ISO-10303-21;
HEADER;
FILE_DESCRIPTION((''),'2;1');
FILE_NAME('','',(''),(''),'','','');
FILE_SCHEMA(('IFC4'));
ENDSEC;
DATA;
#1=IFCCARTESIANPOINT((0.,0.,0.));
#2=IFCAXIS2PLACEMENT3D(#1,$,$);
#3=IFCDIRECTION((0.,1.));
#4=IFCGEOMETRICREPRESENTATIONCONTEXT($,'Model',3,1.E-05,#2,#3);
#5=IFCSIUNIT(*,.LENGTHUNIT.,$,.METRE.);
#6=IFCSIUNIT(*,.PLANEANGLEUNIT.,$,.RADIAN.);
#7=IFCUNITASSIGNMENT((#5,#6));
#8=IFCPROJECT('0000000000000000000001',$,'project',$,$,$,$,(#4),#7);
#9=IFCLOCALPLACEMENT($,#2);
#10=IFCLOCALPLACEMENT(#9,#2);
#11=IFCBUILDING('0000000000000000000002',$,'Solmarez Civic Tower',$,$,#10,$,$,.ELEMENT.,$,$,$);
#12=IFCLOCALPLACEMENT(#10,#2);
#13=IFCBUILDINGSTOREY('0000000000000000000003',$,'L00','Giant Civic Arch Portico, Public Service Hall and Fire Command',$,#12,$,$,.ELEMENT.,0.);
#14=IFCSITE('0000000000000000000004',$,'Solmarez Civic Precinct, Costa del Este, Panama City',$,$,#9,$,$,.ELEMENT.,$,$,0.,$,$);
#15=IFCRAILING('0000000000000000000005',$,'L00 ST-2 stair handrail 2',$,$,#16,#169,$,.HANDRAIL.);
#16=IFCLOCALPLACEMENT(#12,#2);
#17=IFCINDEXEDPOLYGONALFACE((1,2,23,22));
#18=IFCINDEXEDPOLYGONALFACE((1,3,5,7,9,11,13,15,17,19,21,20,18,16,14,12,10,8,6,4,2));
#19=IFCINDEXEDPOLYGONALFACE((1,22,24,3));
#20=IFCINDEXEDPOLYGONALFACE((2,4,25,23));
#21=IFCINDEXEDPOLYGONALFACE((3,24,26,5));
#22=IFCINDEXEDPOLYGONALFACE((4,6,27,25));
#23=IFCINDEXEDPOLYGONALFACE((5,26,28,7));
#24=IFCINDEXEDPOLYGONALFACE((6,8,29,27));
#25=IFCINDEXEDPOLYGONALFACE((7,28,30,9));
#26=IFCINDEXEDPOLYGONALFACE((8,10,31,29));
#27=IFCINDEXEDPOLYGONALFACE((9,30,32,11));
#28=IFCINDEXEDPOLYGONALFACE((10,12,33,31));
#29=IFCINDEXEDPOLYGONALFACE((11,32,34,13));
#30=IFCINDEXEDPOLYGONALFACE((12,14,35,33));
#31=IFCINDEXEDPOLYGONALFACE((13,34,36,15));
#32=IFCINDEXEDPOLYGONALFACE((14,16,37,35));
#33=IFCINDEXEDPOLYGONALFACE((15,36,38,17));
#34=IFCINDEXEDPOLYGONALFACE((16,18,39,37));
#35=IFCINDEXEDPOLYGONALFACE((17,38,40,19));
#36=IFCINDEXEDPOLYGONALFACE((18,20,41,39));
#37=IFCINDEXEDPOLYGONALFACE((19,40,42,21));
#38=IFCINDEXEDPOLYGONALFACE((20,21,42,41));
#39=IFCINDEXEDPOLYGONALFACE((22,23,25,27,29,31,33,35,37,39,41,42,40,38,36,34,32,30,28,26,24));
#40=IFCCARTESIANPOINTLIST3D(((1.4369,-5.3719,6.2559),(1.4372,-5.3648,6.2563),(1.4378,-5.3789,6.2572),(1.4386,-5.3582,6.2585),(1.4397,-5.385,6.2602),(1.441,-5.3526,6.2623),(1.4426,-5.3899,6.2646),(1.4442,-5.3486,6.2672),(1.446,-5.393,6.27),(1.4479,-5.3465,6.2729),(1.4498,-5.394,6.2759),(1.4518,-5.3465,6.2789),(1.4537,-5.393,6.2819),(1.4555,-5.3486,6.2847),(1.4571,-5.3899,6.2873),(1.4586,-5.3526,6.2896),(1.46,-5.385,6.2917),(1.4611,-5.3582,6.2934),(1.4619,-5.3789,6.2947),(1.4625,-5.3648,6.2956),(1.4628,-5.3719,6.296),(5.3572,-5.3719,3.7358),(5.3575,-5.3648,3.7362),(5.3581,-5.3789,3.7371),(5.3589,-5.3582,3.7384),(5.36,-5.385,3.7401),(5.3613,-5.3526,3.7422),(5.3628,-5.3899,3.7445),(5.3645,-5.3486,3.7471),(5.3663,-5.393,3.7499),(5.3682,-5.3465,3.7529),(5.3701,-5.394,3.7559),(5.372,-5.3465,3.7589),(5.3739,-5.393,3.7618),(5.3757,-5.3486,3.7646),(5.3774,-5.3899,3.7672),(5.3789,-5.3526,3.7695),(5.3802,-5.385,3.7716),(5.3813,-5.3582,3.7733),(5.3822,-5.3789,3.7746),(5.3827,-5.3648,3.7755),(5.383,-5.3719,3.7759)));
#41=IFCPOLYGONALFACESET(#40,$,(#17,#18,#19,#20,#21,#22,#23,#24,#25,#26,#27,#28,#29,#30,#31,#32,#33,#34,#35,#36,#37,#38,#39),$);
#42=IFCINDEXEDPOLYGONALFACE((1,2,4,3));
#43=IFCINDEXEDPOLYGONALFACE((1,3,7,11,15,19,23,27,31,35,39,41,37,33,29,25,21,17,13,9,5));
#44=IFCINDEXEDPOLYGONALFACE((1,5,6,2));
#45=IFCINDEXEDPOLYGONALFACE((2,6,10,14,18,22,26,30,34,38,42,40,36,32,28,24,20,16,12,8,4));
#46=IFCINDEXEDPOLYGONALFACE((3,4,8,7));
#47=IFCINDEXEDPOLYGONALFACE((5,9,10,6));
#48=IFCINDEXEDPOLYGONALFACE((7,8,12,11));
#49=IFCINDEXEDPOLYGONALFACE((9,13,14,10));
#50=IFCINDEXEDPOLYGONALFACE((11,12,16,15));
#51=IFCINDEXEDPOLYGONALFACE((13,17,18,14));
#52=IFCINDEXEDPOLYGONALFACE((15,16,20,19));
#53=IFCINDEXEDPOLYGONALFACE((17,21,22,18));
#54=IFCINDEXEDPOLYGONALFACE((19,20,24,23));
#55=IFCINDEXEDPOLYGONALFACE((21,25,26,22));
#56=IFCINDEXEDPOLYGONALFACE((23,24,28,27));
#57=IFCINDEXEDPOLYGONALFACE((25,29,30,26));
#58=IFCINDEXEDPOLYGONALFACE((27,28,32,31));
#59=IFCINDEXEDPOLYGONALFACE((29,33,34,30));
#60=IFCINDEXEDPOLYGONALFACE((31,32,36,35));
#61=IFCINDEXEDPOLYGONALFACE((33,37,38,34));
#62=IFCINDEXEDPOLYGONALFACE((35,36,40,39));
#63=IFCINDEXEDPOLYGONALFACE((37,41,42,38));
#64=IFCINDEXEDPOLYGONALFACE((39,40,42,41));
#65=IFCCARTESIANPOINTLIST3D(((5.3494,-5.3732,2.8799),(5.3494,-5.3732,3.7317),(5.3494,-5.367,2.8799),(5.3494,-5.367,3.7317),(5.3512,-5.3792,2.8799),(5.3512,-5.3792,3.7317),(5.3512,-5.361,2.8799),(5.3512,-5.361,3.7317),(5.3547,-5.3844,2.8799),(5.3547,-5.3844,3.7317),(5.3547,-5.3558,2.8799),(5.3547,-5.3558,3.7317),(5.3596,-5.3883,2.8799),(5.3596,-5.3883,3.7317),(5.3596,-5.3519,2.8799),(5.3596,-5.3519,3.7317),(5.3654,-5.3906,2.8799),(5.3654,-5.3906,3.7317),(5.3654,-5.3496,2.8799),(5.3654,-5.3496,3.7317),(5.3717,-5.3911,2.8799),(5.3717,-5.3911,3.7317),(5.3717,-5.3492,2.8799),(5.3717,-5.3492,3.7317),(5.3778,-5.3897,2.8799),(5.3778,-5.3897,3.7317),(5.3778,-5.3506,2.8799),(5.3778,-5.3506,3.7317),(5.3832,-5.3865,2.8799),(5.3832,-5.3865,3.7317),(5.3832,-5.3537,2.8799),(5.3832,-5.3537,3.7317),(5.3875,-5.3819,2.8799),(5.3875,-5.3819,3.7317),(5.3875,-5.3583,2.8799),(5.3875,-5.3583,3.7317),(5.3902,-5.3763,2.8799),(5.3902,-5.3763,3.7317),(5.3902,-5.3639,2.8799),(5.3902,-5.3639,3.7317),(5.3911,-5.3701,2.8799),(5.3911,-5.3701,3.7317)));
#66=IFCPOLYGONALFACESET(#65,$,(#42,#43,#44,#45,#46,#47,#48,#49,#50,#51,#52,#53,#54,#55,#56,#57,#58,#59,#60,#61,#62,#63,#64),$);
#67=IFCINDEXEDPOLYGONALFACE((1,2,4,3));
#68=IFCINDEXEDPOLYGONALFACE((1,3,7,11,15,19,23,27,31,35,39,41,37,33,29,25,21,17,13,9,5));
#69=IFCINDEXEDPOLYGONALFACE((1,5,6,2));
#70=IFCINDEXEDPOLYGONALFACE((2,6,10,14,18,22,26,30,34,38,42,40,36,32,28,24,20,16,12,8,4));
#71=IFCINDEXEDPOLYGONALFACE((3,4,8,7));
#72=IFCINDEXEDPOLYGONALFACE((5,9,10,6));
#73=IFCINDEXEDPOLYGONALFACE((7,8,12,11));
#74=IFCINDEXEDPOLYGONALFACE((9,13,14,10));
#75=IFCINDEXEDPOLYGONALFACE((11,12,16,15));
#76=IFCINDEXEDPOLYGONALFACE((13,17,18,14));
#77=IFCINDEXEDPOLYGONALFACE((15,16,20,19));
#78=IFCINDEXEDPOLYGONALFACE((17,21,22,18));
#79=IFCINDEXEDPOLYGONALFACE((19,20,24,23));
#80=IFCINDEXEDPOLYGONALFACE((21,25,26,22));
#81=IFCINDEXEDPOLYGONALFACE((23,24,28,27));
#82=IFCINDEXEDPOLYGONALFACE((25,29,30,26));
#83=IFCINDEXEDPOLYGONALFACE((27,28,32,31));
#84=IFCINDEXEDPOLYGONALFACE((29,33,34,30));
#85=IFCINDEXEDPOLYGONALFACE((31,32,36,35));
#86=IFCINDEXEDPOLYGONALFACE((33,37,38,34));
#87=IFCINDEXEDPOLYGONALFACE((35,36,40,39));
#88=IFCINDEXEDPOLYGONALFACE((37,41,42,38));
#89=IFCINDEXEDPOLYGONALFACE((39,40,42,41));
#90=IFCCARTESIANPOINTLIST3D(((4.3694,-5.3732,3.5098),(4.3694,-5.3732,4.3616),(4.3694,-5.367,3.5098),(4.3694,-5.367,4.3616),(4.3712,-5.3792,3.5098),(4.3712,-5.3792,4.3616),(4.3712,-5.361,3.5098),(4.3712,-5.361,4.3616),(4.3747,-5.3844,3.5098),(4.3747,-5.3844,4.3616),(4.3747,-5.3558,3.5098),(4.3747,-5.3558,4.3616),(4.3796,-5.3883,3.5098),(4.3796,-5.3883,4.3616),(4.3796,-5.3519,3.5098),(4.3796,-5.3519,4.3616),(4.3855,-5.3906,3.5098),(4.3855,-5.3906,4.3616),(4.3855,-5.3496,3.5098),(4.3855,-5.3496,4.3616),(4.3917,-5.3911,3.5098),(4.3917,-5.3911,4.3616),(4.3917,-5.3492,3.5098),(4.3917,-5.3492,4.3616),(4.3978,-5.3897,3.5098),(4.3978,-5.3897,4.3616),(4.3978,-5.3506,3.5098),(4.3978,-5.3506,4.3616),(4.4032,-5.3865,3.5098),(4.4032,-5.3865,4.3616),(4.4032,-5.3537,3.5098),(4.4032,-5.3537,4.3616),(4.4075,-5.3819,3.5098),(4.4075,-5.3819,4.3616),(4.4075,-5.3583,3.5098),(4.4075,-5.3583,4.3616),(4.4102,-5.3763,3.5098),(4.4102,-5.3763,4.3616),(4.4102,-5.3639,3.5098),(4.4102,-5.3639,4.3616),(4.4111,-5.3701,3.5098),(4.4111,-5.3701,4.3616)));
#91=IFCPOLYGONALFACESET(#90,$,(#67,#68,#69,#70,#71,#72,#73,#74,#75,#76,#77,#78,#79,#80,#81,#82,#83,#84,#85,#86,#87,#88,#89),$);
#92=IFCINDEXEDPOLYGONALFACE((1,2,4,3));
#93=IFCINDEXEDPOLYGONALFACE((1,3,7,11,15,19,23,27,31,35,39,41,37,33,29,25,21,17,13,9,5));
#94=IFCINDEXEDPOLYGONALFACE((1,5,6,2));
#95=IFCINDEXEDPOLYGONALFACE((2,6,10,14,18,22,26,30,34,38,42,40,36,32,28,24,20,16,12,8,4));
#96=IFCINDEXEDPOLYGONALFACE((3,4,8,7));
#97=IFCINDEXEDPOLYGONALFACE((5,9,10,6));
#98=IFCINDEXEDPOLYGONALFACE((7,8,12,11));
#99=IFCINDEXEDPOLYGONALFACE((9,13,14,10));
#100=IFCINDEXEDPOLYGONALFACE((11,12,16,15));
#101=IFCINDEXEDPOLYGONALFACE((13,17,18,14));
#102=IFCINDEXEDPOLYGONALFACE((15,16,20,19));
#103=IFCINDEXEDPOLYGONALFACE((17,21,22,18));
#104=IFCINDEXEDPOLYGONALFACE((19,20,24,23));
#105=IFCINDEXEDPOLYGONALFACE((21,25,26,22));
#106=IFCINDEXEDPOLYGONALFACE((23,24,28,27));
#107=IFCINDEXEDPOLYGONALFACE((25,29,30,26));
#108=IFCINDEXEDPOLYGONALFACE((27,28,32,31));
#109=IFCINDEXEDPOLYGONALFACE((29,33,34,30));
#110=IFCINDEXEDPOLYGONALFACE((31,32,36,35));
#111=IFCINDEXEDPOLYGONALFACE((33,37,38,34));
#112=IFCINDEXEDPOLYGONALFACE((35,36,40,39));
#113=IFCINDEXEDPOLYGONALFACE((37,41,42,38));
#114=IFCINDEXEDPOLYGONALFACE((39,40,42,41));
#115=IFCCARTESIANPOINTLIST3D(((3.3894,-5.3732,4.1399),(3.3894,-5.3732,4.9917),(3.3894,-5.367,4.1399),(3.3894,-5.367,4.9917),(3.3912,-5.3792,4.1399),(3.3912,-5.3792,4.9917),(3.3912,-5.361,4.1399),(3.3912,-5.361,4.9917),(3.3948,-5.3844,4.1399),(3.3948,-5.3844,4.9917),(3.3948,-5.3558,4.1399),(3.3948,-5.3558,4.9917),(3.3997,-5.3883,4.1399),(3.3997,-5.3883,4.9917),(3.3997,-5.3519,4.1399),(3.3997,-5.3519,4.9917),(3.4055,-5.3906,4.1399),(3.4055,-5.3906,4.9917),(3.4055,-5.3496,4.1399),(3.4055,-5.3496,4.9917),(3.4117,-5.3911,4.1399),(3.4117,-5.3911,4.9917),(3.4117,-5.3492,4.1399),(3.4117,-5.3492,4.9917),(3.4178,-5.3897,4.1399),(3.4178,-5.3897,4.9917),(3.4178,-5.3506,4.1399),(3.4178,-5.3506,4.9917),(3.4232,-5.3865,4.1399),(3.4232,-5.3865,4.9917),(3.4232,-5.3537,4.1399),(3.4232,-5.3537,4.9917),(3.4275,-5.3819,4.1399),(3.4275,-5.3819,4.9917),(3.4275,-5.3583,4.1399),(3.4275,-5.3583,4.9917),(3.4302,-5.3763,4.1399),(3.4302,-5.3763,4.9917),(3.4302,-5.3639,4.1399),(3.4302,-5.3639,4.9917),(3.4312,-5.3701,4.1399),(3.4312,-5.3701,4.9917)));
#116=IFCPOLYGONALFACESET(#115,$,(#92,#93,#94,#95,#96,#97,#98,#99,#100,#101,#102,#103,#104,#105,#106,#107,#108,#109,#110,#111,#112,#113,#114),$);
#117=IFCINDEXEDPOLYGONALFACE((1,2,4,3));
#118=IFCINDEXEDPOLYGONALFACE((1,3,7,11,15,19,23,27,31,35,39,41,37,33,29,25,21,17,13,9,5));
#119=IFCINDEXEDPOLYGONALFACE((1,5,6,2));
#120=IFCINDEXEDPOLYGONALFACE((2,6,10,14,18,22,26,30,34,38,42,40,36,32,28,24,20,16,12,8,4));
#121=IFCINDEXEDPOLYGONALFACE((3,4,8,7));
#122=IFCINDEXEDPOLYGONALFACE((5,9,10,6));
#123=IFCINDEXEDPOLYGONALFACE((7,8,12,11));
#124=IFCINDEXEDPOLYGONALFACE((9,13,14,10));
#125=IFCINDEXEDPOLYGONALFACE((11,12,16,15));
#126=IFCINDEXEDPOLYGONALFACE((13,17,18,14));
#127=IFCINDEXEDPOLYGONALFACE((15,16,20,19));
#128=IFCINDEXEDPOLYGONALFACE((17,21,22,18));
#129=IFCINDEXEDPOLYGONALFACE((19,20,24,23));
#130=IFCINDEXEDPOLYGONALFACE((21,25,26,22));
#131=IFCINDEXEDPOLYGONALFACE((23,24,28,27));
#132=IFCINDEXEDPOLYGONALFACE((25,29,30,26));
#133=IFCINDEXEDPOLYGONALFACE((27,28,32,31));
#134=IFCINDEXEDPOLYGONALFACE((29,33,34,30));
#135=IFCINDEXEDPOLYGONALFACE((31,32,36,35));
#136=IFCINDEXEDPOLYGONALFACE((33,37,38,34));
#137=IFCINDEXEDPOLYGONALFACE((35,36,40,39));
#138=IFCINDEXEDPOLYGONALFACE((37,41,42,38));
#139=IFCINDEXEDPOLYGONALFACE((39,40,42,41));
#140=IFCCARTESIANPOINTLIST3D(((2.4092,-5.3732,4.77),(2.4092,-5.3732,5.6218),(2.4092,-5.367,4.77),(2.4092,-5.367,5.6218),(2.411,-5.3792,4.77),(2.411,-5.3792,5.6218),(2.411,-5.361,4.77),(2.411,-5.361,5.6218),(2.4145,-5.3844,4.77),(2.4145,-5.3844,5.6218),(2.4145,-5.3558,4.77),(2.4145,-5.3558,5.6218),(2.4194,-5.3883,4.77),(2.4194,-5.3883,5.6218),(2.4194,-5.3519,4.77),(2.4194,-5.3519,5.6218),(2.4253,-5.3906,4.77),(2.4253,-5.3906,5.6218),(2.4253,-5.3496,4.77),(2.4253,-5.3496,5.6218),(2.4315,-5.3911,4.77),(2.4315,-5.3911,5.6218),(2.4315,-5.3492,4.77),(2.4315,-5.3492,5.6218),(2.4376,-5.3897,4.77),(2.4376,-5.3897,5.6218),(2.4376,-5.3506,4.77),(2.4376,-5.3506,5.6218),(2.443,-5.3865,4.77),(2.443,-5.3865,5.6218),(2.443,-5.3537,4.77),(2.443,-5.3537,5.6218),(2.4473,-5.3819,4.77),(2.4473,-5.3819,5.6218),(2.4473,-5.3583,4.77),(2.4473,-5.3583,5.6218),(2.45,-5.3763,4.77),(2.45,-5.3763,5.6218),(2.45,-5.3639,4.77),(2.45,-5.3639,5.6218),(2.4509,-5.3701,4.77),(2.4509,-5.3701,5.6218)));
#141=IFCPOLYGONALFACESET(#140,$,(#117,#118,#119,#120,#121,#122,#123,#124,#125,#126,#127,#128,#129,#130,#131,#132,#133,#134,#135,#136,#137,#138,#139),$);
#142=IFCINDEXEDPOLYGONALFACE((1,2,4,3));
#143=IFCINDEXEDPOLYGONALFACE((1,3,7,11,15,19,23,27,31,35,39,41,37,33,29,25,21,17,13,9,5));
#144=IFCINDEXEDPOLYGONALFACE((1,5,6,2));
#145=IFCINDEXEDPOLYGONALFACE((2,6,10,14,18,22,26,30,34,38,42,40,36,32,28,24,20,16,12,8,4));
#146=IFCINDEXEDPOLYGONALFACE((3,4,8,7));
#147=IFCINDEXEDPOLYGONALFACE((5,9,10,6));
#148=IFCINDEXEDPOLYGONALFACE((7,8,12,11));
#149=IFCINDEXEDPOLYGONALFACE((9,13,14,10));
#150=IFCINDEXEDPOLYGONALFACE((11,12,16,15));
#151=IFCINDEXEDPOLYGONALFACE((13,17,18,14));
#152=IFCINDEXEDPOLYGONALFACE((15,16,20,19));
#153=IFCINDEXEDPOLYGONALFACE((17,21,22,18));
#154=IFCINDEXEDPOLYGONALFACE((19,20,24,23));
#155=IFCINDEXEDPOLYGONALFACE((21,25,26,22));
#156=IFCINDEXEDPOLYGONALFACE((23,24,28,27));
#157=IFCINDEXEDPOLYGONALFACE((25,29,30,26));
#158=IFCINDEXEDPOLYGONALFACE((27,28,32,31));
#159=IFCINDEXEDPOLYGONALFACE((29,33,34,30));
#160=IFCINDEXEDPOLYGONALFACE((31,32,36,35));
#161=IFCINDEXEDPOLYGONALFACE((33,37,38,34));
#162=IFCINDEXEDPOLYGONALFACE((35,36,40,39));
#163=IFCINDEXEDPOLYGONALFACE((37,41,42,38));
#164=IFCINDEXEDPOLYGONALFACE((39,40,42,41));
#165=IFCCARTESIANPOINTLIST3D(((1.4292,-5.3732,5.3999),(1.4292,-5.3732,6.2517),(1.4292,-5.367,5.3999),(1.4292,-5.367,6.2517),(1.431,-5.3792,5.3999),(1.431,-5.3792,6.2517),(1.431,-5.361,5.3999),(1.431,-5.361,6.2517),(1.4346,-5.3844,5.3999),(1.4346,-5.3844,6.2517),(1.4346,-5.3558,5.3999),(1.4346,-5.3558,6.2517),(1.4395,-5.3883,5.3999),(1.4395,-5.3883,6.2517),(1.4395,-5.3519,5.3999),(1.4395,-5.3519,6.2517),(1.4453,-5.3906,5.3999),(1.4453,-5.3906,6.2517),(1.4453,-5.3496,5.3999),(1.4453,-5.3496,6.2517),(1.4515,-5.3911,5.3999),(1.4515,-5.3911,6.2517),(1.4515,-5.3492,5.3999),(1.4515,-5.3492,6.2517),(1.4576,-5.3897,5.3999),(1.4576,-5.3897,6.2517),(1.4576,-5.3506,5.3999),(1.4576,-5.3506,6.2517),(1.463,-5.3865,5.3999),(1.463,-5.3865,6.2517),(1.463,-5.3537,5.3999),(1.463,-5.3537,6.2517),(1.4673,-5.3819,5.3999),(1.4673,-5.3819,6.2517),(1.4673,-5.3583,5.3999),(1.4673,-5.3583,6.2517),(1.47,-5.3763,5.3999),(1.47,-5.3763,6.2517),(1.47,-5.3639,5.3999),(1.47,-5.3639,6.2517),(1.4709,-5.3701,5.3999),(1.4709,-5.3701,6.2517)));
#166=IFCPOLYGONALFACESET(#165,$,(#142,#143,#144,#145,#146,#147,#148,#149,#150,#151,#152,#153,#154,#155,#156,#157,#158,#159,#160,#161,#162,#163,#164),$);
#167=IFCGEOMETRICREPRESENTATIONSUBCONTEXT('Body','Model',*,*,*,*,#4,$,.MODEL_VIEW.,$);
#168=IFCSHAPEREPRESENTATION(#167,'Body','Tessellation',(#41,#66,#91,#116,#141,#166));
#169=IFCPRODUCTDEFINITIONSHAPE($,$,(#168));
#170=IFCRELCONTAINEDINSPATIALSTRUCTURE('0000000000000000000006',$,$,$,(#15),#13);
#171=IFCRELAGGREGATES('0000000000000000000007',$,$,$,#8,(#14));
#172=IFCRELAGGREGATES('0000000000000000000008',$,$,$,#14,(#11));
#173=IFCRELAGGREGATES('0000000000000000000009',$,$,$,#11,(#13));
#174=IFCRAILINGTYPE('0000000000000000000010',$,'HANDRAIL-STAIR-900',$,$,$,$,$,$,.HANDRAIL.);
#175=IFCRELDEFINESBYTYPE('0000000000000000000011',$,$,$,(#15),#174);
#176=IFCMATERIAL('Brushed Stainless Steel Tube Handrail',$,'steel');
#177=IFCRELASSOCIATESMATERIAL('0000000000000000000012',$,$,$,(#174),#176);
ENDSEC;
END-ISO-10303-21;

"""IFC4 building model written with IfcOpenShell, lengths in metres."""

from ifc_helpers import new_model, si_unit, direction, frame, origin, origin_2d, place, context, subcontext, project, spatial, circle, extrude, material, type_object, element, save


model = new_model("IFC4")

# Units and contexts
model_context = context("Model", 3, precision=1e-05, world=origin(), true_north=direction((0.0, 1.0)))
body_context = subcontext(model_context, "Body", "Model", "MODEL_VIEW")
ifc_project = project(units=[si_unit("LENGTHUNIT", "METRE"), si_unit("PLANEANGLEUNIT", "RADIAN")], contexts=[model_context])

# Site, building, storey
site_placement = place(None, origin())
site = spatial("IfcSite", under=ifc_project, at=site_placement, Name="Solmarez Civic Precinct, Costa del Este, Panama City", CompositionType="ELEMENT", RefElevation=0.0)
building_placement = place(site_placement, origin())
building = spatial("IfcBuilding", under=site, at=building_placement, Name="Solmarez Civic Tower", CompositionType="ELEMENT")
storey_placement = place(building_placement, origin())
storey = spatial("IfcBuildingStorey", under=building, at=storey_placement, Name="L00", Description="Giant Civic Arch Portico, Public Service Hall and Fire Command", CompositionType="ELEMENT", Elevation=0.0)

# Railing
ifc_material_1 = material(Name="Brushed Stainless Steel Tube Handrail", Category="steel")
railing_type = type_object("IfcRailingType", Name="HANDRAIL-STAIR-900", PredefinedType="HANDRAIL", material=ifc_material_1)
railing_placement = place(storey_placement, frame((5.3701, -5.3701, 2.8799)))
element("IfcRailing", 1, at=railing_placement, inside=storey, type_object=railing_type, Name="L00 ST-2 stair handrail 2", PredefinedType="HANDRAIL", context=body_context, shape_type="SweptSolid", body=[
    extrude(circle(Radius=0.0239, at=origin_2d()), frame((0.0, 0.0, 0.876), z_axis=(-0.841187, 0.0, 0.540744), x_axis=(0.0, -1.0, 0.0)), (0.0, 0.0, 1.0), 4.6604),
    extrude(circle(Radius=0.021, at=origin_2d()), origin(), (0.0, 0.0, 1.0), 0.8518),
    extrude(circle(Radius=0.021, at=origin_2d()), frame((-0.98, 0.0, 0.6299)), (0.0, 0.0, 1.0), 0.8518),
    extrude(circle(Radius=0.021, at=origin_2d()), frame((-1.96, 0.0, 1.26)), (0.0, 0.0, 1.0), 0.8518),
    extrude(circle(Radius=0.021, at=origin_2d()), frame((-2.9402, 0.0, 1.8901)), (0.0, 0.0, 1.0), 0.8518),
    extrude(circle(Radius=0.021, at=origin_2d()), frame((-3.9202, 0.0, 2.52)), (0.0, 0.0, 1.0), 0.8518),
])

save(model, "model.ifc")
